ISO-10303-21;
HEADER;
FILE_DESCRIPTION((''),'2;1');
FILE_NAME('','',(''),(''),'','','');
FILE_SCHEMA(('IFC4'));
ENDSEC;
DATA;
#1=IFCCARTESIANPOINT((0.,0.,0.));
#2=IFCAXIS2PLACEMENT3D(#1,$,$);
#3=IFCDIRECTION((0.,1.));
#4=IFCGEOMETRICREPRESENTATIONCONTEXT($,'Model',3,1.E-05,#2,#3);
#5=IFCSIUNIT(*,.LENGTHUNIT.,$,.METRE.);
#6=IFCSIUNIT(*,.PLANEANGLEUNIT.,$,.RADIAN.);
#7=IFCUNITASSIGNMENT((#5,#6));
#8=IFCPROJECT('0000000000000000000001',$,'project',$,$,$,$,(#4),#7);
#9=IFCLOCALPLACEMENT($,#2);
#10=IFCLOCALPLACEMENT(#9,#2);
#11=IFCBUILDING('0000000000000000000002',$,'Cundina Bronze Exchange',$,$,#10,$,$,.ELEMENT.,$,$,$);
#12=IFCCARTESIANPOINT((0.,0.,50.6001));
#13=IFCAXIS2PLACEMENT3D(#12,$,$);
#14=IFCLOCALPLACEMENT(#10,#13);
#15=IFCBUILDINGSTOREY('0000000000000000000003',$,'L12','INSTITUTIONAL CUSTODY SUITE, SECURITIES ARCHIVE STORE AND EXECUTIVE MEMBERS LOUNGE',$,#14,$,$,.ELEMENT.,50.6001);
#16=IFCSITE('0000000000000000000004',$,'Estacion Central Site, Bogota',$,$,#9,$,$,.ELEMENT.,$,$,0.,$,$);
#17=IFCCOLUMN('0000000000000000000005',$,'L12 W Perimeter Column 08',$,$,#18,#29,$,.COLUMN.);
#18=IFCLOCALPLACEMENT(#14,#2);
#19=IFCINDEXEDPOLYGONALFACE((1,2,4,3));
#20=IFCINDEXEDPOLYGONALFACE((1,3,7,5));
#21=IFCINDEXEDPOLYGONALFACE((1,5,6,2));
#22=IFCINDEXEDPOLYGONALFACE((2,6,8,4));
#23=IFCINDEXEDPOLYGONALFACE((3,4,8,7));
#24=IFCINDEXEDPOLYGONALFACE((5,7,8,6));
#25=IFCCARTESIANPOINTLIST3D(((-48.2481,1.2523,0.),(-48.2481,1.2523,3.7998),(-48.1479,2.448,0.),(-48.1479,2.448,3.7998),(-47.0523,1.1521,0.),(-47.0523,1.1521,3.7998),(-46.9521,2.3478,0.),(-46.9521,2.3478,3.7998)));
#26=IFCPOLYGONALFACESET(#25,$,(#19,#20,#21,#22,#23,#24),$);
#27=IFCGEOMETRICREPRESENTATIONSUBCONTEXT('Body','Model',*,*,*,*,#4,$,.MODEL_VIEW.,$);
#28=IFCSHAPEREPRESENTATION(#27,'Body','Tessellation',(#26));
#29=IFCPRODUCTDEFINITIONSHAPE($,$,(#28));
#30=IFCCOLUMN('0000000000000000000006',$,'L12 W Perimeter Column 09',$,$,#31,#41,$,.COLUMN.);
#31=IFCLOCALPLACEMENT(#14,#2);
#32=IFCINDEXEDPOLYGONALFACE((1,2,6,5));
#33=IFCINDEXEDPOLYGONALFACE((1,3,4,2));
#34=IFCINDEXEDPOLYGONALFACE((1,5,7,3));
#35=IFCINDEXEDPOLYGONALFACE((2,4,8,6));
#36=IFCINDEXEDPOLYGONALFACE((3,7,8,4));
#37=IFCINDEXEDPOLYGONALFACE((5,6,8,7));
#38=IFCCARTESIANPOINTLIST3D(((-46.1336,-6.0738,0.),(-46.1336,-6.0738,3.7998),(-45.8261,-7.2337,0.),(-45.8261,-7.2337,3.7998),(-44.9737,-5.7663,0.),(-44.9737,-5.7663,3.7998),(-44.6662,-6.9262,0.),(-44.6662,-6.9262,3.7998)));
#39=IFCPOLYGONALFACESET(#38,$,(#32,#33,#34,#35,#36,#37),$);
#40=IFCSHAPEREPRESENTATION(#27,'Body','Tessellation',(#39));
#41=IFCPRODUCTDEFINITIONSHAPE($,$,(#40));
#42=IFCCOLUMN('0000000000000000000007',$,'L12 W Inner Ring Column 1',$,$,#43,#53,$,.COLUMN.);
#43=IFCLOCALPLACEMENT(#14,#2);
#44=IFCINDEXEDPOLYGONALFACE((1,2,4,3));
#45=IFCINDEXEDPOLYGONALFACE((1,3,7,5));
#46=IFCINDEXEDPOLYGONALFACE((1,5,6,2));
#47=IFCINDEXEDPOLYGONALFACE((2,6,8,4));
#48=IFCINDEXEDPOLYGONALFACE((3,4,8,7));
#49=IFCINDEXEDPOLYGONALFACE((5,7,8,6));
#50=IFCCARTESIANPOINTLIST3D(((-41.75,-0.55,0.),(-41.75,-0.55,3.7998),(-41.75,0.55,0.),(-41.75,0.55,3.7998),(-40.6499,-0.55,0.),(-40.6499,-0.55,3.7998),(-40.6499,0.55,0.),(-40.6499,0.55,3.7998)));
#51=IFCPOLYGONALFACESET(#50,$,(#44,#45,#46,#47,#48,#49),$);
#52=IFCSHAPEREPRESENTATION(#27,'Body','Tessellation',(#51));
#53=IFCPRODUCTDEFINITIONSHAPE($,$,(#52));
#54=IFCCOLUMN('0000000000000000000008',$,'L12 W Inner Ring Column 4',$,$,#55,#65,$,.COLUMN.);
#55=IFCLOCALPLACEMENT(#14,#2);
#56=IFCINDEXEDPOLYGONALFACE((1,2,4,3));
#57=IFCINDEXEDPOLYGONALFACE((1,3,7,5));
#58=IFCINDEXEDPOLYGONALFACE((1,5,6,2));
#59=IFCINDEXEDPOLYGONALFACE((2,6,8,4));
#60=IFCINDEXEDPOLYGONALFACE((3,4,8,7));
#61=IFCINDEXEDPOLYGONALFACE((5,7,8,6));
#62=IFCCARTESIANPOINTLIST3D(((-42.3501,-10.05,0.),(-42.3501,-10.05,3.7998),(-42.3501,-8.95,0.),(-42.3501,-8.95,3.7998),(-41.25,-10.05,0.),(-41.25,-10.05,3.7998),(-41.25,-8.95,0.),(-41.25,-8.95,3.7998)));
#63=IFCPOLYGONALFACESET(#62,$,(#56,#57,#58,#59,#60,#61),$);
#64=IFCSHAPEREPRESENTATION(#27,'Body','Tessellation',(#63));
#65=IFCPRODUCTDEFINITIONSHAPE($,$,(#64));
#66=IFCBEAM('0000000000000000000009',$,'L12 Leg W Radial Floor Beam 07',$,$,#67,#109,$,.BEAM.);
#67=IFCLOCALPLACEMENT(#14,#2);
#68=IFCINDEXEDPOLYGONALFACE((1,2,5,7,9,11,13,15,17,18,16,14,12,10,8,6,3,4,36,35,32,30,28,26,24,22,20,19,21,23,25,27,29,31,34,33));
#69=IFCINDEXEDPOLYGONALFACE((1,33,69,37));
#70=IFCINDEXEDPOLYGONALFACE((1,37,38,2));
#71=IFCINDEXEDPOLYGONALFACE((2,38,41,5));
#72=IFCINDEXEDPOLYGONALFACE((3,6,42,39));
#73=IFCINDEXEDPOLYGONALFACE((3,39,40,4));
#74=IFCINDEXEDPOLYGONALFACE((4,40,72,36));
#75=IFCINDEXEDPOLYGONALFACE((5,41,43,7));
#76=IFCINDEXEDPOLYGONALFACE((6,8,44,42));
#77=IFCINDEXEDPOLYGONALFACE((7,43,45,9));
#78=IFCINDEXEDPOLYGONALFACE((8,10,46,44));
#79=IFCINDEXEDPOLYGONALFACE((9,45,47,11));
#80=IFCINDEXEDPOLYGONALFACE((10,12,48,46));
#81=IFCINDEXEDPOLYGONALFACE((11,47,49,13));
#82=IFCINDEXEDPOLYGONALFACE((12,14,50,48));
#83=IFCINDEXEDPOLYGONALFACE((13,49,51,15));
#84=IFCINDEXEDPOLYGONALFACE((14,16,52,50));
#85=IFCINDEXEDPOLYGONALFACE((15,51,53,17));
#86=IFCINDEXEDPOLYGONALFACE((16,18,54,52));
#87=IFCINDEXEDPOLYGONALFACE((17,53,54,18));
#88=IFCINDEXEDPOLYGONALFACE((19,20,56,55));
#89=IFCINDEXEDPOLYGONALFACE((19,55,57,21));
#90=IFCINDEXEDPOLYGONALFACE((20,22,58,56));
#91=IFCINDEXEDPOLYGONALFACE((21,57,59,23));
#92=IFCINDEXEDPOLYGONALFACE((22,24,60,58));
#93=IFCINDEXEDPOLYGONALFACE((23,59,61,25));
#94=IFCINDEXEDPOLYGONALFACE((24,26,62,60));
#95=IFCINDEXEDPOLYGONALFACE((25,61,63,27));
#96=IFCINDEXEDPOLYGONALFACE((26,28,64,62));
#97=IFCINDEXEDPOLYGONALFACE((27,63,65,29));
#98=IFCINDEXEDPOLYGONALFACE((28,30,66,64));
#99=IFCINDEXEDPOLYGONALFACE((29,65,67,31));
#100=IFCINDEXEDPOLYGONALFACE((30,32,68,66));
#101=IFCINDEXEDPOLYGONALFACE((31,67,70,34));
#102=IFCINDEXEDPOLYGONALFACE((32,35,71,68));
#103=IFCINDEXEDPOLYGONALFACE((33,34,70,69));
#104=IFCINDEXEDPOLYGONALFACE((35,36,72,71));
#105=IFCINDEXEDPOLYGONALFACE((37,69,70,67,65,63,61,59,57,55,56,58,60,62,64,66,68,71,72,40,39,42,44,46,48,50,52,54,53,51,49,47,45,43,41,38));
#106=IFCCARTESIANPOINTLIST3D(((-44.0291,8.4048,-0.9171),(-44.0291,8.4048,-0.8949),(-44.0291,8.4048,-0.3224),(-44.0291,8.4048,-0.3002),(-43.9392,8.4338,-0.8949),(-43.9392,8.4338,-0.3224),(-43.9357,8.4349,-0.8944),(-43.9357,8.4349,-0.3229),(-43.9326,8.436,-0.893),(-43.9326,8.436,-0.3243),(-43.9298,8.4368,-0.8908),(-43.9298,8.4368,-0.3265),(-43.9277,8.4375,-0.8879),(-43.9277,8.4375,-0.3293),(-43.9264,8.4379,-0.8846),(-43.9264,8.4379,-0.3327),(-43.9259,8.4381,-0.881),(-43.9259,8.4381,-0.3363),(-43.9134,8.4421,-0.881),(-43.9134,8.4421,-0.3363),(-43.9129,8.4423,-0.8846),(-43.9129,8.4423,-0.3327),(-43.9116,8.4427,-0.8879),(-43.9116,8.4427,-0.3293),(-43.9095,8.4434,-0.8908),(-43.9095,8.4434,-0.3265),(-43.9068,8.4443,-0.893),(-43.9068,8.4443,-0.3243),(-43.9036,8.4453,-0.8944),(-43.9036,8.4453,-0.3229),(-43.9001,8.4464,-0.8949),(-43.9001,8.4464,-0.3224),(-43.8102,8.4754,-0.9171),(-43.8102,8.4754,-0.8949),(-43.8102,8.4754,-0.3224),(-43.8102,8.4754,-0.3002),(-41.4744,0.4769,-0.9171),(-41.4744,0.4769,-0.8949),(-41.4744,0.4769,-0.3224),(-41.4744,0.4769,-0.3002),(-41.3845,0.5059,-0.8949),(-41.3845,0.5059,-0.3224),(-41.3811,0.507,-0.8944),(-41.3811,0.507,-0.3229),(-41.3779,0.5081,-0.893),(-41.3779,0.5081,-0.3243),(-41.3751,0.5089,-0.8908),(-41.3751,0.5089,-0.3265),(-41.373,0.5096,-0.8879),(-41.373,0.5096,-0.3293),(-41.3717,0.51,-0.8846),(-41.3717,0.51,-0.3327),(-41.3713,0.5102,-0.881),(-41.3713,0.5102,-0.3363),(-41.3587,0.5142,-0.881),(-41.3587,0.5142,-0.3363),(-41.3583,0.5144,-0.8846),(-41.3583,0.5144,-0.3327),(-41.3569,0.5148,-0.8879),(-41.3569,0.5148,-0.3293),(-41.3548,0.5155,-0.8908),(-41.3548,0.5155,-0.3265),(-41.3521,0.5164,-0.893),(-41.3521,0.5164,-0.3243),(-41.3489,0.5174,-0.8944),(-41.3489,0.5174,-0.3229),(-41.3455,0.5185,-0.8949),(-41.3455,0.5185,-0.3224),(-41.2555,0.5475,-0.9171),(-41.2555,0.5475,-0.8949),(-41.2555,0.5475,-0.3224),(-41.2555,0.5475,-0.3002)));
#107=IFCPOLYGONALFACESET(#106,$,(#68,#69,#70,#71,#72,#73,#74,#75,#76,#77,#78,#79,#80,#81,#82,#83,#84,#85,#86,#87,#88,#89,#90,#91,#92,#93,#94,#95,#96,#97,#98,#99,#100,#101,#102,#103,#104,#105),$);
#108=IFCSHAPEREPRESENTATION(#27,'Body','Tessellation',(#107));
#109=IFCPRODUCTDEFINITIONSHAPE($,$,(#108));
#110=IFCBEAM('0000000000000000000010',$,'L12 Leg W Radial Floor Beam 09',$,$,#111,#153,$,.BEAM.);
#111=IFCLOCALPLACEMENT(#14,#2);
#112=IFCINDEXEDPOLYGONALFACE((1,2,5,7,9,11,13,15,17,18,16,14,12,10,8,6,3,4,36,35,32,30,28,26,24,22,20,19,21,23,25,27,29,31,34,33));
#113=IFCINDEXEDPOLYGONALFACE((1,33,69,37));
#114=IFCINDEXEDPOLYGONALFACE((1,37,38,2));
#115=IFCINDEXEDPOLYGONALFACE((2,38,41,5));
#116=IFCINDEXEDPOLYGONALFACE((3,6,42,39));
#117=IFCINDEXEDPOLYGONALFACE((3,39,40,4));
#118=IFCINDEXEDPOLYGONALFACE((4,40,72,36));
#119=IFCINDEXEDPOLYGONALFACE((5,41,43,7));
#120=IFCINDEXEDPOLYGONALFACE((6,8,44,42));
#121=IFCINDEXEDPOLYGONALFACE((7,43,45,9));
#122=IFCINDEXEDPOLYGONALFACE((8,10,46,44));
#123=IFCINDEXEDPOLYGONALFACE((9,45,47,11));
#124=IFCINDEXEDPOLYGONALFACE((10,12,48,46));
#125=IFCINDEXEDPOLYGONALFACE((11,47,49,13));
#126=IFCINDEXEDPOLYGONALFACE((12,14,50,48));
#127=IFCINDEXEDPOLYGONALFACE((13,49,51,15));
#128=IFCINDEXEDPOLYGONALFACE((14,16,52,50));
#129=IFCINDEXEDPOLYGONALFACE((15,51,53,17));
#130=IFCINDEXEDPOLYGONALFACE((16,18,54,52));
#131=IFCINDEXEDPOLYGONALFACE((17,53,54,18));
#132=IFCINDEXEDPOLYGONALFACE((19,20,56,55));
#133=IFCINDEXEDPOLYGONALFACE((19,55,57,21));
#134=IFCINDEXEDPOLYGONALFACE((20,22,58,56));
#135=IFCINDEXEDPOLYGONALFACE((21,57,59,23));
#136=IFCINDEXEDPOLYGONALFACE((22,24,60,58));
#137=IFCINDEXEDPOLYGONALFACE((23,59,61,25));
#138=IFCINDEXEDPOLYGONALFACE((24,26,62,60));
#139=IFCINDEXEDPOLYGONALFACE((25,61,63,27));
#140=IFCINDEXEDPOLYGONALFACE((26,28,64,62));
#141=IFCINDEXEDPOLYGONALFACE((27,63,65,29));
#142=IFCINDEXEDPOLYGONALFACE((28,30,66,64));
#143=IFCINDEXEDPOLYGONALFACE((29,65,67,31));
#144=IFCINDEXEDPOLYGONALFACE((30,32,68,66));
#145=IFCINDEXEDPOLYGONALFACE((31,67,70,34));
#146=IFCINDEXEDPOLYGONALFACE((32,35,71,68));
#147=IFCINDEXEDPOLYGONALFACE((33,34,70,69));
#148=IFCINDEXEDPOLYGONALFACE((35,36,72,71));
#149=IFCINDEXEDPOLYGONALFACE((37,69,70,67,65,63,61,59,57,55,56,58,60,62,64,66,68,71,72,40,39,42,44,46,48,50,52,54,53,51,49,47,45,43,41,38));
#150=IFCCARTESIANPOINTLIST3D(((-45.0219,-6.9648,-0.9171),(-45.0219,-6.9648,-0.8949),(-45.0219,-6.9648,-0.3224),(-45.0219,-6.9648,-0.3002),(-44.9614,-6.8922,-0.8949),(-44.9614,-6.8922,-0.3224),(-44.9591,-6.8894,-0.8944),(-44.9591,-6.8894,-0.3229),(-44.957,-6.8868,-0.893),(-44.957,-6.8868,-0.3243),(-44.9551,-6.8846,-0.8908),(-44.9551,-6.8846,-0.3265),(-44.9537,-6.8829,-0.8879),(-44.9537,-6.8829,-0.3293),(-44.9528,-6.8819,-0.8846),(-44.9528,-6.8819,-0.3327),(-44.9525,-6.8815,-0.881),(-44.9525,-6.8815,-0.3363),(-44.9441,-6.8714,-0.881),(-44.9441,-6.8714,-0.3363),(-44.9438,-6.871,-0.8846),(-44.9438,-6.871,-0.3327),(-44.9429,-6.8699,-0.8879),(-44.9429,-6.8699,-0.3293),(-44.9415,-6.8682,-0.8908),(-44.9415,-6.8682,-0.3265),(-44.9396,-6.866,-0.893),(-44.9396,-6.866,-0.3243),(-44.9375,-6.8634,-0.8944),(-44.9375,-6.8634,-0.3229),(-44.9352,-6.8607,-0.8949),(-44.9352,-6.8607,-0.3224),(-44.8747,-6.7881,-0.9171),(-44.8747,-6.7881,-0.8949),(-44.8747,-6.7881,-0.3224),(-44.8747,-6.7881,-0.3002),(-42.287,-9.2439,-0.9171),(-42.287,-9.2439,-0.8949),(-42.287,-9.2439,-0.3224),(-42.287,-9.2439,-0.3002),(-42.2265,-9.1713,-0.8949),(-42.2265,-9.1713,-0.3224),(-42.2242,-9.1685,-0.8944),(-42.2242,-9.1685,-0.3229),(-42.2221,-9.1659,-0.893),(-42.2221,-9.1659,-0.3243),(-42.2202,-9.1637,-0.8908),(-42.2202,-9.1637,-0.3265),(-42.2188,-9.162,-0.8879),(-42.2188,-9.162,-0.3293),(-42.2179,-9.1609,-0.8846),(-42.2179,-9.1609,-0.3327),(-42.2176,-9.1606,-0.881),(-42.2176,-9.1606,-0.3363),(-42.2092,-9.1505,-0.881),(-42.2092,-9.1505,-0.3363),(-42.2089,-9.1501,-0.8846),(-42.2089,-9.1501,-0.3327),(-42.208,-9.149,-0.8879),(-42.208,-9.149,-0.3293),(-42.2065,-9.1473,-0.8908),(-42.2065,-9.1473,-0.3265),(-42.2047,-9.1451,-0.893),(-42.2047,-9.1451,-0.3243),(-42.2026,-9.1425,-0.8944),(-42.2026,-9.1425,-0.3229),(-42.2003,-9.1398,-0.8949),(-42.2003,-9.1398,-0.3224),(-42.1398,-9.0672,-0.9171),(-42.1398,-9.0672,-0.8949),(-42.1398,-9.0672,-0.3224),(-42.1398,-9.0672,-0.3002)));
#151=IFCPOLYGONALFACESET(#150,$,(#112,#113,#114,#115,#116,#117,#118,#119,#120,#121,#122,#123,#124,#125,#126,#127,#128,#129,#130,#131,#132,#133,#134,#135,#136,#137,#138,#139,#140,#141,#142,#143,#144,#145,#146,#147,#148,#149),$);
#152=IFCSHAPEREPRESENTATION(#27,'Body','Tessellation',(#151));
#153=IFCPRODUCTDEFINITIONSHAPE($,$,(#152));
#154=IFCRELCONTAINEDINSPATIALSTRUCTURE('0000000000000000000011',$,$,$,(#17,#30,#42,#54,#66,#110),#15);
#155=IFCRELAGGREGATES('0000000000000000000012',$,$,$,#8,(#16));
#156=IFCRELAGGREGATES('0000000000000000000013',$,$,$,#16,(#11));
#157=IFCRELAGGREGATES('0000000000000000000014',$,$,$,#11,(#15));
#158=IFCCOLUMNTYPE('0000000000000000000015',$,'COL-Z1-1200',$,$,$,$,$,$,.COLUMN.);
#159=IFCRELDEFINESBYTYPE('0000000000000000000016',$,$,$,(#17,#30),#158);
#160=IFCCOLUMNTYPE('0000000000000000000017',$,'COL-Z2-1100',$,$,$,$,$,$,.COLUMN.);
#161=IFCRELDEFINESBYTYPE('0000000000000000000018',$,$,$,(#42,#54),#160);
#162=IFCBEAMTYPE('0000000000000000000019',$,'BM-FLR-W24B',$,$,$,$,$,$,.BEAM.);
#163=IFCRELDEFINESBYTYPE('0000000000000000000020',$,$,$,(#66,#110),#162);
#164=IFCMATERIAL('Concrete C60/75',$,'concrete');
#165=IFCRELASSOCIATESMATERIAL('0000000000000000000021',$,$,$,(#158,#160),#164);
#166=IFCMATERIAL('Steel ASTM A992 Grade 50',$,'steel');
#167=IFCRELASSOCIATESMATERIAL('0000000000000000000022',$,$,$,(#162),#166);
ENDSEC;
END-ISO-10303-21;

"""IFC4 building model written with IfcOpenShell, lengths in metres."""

from ifc_helpers import new_model, si_unit, direction, frame, origin, origin_2d, place, context, subcontext, project, spatial, rectangle, i_section, extrude, material, material_profile, profile_set, type_object, element, save


model = new_model("IFC4")

# Units and contexts
model_context = context("Model", 3, precision=1e-05, world=origin(), true_north=direction((0.0, 1.0)))
body_context = subcontext(model_context, "Body", "Model", "MODEL_VIEW")
ifc_project = project(units=[si_unit("LENGTHUNIT", "METRE"), si_unit("PLANEANGLEUNIT", "RADIAN")], contexts=[model_context])

# Site, building, storey
site_placement = place(None, origin())
site = spatial("IfcSite", under=ifc_project, at=site_placement, Name="Estacion Central Site, Bogota", CompositionType="ELEMENT", RefElevation=0.0)
building_placement = place(site_placement, origin())
building = spatial("IfcBuilding", under=site, at=building_placement, Name="Cundina Bronze Exchange", CompositionType="ELEMENT")
storey_placement = place(building_placement, frame((0.0, 0.0, 50.6001)))
storey = spatial("IfcBuildingStorey", under=building, at=storey_placement, Name="L12", Description="INSTITUTIONAL CUSTODY SUITE, SECURITIES ARCHIVE STORE AND EXECUTIVE MEMBERS LOUNGE", CompositionType="ELEMENT", Elevation=50.6001)

# Columns
ifc_material_1 = material(Name="Concrete C60/75", Category="concrete")
ifc_material_profile_1 = material_profile(ifc_material_1, rectangle(XDim=1.2, YDim=1.2, at=origin_2d()), Name="RC1200X1200", Category="concrete")
ifc_profile_set_1 = profile_set([ifc_material_profile_1], Name="Concrete C60/75")
column_type_1 = type_object("IfcColumnType", Name="COL-Z1-1200", PredefinedType="COLUMN", material=ifc_profile_set_1)
for number, where, z_axis, x_axis, name in (
    (1, (-47.6001, 1.8, 0.0), (0.0, 0.0, 1.0), (-0.083504, -0.996507, 0.0), "L12 W Perimeter Column 08"),
    (2, (-45.3999, -6.5, 0.0), (0.0, 0.0, 1.0), (0.256289, -0.9666, 0.0), "L12 W Perimeter Column 09"),
):
    element("IfcColumn", number, at=place(storey_placement, frame(where, z_axis=z_axis, x_axis=x_axis)), inside=storey, type_object=column_type_1, Name=name, PredefinedType="COLUMN", context=body_context, shape_type="SweptSolid", body=[
        extrude(rectangle(XDim=1.2, YDim=1.2, at=origin_2d()), origin(), (0.0, 0.0, 1.0), 3.7998),
    ])
ifc_material_profile_2 = material_profile(ifc_material_1, rectangle(XDim=1.1001, YDim=1.1001, at=origin_2d()), Name="RC1100X1100", Category="concrete")
ifc_profile_set_2 = profile_set([ifc_material_profile_2], Name="Concrete C60/75")
column_type_2 = type_object("IfcColumnType", Name="COL-Z2-1100", PredefinedType="COLUMN", material=ifc_profile_set_2)
for number, where, z_axis, x_axis, name in (
    (3, (-41.2, 0.0, 0.0), (0.0, 0.0, 1.0), (1.0, 0.0, 0.0), "L12 W Inner Ring Column 1"),
    (4, (-41.8, -9.5, 0.0), (0.0, 0.0, 1.0), (1.0, 0.0, 0.0), "L12 W Inner Ring Column 4"),
):
    element("IfcColumn", number, at=place(storey_placement, frame(where, z_axis=z_axis, x_axis=x_axis)), inside=storey, type_object=column_type_2, Name=name, PredefinedType="COLUMN", context=body_context, shape_type="SweptSolid", body=[
        extrude(rectangle(XDim=1.1001, YDim=1.1001, at=origin_2d()), origin(), (0.0, 0.0, 1.0), 3.7998),
    ])

# Beams
ifc_material_2 = material(Name="Steel ASTM A992 Grade 50", Category="steel")
ifc_material_profile_3 = material_profile(ifc_material_2, i_section(OverallWidth=0.23, OverallDepth=0.6169, WebThickness=0.0132, FlangeThickness=0.0222, FilletRadius=0.0139, at=origin_2d()), Name="W24X94", Category="steel")
ifc_profile_set_3 = profile_set([ifc_material_profile_3], Name="Steel ASTM A992 Grade 50")
beam_type_1 = type_object("IfcBeamType", Name="BM-FLR-W24B", PredefinedType="BEAM", material=ifc_profile_set_3)
beam_1_placement = place(storey_placement, frame((-41.365, 0.5122, -0.6086), z_axis=(-0.306706, 0.951804, 0.0), x_axis=(-0.951804, -0.306706, 0.0)))
element("IfcBeam", 5, at=beam_1_placement, inside=storey, type_object=beam_type_1, Name="L12 Leg W Radial Floor Beam 07", PredefinedType="BEAM", context=body_context, shape_type="SweptSolid", body=[
    extrude(i_section(OverallWidth=0.23, OverallDepth=0.6169, WebThickness=0.0132, FlangeThickness=0.0222, FilletRadius=0.0139, at=origin_2d()), origin(), (0.0, 0.0, 1.0), 8.3293),
])
beam_2_placement = place(storey_placement, frame((-42.2134, -9.1555, -0.6086), z_axis=(-0.768221, 0.640184, 0.0), x_axis=(-0.640184, -0.768221, 0.0)))
element("IfcBeam", 6, at=beam_2_placement, inside=storey, type_object=beam_type_1, Name="L12 Leg W Radial Floor Beam 09", PredefinedType="BEAM", context=body_context, shape_type="SweptSolid", body=[
    extrude(i_section(OverallWidth=0.23, OverallDepth=0.6169, WebThickness=0.0132, FlangeThickness=0.0222, FilletRadius=0.0139, at=origin_2d()), origin(), (0.0, 0.0, 1.0), 3.5601),
])

save(model, "model.ifc")
